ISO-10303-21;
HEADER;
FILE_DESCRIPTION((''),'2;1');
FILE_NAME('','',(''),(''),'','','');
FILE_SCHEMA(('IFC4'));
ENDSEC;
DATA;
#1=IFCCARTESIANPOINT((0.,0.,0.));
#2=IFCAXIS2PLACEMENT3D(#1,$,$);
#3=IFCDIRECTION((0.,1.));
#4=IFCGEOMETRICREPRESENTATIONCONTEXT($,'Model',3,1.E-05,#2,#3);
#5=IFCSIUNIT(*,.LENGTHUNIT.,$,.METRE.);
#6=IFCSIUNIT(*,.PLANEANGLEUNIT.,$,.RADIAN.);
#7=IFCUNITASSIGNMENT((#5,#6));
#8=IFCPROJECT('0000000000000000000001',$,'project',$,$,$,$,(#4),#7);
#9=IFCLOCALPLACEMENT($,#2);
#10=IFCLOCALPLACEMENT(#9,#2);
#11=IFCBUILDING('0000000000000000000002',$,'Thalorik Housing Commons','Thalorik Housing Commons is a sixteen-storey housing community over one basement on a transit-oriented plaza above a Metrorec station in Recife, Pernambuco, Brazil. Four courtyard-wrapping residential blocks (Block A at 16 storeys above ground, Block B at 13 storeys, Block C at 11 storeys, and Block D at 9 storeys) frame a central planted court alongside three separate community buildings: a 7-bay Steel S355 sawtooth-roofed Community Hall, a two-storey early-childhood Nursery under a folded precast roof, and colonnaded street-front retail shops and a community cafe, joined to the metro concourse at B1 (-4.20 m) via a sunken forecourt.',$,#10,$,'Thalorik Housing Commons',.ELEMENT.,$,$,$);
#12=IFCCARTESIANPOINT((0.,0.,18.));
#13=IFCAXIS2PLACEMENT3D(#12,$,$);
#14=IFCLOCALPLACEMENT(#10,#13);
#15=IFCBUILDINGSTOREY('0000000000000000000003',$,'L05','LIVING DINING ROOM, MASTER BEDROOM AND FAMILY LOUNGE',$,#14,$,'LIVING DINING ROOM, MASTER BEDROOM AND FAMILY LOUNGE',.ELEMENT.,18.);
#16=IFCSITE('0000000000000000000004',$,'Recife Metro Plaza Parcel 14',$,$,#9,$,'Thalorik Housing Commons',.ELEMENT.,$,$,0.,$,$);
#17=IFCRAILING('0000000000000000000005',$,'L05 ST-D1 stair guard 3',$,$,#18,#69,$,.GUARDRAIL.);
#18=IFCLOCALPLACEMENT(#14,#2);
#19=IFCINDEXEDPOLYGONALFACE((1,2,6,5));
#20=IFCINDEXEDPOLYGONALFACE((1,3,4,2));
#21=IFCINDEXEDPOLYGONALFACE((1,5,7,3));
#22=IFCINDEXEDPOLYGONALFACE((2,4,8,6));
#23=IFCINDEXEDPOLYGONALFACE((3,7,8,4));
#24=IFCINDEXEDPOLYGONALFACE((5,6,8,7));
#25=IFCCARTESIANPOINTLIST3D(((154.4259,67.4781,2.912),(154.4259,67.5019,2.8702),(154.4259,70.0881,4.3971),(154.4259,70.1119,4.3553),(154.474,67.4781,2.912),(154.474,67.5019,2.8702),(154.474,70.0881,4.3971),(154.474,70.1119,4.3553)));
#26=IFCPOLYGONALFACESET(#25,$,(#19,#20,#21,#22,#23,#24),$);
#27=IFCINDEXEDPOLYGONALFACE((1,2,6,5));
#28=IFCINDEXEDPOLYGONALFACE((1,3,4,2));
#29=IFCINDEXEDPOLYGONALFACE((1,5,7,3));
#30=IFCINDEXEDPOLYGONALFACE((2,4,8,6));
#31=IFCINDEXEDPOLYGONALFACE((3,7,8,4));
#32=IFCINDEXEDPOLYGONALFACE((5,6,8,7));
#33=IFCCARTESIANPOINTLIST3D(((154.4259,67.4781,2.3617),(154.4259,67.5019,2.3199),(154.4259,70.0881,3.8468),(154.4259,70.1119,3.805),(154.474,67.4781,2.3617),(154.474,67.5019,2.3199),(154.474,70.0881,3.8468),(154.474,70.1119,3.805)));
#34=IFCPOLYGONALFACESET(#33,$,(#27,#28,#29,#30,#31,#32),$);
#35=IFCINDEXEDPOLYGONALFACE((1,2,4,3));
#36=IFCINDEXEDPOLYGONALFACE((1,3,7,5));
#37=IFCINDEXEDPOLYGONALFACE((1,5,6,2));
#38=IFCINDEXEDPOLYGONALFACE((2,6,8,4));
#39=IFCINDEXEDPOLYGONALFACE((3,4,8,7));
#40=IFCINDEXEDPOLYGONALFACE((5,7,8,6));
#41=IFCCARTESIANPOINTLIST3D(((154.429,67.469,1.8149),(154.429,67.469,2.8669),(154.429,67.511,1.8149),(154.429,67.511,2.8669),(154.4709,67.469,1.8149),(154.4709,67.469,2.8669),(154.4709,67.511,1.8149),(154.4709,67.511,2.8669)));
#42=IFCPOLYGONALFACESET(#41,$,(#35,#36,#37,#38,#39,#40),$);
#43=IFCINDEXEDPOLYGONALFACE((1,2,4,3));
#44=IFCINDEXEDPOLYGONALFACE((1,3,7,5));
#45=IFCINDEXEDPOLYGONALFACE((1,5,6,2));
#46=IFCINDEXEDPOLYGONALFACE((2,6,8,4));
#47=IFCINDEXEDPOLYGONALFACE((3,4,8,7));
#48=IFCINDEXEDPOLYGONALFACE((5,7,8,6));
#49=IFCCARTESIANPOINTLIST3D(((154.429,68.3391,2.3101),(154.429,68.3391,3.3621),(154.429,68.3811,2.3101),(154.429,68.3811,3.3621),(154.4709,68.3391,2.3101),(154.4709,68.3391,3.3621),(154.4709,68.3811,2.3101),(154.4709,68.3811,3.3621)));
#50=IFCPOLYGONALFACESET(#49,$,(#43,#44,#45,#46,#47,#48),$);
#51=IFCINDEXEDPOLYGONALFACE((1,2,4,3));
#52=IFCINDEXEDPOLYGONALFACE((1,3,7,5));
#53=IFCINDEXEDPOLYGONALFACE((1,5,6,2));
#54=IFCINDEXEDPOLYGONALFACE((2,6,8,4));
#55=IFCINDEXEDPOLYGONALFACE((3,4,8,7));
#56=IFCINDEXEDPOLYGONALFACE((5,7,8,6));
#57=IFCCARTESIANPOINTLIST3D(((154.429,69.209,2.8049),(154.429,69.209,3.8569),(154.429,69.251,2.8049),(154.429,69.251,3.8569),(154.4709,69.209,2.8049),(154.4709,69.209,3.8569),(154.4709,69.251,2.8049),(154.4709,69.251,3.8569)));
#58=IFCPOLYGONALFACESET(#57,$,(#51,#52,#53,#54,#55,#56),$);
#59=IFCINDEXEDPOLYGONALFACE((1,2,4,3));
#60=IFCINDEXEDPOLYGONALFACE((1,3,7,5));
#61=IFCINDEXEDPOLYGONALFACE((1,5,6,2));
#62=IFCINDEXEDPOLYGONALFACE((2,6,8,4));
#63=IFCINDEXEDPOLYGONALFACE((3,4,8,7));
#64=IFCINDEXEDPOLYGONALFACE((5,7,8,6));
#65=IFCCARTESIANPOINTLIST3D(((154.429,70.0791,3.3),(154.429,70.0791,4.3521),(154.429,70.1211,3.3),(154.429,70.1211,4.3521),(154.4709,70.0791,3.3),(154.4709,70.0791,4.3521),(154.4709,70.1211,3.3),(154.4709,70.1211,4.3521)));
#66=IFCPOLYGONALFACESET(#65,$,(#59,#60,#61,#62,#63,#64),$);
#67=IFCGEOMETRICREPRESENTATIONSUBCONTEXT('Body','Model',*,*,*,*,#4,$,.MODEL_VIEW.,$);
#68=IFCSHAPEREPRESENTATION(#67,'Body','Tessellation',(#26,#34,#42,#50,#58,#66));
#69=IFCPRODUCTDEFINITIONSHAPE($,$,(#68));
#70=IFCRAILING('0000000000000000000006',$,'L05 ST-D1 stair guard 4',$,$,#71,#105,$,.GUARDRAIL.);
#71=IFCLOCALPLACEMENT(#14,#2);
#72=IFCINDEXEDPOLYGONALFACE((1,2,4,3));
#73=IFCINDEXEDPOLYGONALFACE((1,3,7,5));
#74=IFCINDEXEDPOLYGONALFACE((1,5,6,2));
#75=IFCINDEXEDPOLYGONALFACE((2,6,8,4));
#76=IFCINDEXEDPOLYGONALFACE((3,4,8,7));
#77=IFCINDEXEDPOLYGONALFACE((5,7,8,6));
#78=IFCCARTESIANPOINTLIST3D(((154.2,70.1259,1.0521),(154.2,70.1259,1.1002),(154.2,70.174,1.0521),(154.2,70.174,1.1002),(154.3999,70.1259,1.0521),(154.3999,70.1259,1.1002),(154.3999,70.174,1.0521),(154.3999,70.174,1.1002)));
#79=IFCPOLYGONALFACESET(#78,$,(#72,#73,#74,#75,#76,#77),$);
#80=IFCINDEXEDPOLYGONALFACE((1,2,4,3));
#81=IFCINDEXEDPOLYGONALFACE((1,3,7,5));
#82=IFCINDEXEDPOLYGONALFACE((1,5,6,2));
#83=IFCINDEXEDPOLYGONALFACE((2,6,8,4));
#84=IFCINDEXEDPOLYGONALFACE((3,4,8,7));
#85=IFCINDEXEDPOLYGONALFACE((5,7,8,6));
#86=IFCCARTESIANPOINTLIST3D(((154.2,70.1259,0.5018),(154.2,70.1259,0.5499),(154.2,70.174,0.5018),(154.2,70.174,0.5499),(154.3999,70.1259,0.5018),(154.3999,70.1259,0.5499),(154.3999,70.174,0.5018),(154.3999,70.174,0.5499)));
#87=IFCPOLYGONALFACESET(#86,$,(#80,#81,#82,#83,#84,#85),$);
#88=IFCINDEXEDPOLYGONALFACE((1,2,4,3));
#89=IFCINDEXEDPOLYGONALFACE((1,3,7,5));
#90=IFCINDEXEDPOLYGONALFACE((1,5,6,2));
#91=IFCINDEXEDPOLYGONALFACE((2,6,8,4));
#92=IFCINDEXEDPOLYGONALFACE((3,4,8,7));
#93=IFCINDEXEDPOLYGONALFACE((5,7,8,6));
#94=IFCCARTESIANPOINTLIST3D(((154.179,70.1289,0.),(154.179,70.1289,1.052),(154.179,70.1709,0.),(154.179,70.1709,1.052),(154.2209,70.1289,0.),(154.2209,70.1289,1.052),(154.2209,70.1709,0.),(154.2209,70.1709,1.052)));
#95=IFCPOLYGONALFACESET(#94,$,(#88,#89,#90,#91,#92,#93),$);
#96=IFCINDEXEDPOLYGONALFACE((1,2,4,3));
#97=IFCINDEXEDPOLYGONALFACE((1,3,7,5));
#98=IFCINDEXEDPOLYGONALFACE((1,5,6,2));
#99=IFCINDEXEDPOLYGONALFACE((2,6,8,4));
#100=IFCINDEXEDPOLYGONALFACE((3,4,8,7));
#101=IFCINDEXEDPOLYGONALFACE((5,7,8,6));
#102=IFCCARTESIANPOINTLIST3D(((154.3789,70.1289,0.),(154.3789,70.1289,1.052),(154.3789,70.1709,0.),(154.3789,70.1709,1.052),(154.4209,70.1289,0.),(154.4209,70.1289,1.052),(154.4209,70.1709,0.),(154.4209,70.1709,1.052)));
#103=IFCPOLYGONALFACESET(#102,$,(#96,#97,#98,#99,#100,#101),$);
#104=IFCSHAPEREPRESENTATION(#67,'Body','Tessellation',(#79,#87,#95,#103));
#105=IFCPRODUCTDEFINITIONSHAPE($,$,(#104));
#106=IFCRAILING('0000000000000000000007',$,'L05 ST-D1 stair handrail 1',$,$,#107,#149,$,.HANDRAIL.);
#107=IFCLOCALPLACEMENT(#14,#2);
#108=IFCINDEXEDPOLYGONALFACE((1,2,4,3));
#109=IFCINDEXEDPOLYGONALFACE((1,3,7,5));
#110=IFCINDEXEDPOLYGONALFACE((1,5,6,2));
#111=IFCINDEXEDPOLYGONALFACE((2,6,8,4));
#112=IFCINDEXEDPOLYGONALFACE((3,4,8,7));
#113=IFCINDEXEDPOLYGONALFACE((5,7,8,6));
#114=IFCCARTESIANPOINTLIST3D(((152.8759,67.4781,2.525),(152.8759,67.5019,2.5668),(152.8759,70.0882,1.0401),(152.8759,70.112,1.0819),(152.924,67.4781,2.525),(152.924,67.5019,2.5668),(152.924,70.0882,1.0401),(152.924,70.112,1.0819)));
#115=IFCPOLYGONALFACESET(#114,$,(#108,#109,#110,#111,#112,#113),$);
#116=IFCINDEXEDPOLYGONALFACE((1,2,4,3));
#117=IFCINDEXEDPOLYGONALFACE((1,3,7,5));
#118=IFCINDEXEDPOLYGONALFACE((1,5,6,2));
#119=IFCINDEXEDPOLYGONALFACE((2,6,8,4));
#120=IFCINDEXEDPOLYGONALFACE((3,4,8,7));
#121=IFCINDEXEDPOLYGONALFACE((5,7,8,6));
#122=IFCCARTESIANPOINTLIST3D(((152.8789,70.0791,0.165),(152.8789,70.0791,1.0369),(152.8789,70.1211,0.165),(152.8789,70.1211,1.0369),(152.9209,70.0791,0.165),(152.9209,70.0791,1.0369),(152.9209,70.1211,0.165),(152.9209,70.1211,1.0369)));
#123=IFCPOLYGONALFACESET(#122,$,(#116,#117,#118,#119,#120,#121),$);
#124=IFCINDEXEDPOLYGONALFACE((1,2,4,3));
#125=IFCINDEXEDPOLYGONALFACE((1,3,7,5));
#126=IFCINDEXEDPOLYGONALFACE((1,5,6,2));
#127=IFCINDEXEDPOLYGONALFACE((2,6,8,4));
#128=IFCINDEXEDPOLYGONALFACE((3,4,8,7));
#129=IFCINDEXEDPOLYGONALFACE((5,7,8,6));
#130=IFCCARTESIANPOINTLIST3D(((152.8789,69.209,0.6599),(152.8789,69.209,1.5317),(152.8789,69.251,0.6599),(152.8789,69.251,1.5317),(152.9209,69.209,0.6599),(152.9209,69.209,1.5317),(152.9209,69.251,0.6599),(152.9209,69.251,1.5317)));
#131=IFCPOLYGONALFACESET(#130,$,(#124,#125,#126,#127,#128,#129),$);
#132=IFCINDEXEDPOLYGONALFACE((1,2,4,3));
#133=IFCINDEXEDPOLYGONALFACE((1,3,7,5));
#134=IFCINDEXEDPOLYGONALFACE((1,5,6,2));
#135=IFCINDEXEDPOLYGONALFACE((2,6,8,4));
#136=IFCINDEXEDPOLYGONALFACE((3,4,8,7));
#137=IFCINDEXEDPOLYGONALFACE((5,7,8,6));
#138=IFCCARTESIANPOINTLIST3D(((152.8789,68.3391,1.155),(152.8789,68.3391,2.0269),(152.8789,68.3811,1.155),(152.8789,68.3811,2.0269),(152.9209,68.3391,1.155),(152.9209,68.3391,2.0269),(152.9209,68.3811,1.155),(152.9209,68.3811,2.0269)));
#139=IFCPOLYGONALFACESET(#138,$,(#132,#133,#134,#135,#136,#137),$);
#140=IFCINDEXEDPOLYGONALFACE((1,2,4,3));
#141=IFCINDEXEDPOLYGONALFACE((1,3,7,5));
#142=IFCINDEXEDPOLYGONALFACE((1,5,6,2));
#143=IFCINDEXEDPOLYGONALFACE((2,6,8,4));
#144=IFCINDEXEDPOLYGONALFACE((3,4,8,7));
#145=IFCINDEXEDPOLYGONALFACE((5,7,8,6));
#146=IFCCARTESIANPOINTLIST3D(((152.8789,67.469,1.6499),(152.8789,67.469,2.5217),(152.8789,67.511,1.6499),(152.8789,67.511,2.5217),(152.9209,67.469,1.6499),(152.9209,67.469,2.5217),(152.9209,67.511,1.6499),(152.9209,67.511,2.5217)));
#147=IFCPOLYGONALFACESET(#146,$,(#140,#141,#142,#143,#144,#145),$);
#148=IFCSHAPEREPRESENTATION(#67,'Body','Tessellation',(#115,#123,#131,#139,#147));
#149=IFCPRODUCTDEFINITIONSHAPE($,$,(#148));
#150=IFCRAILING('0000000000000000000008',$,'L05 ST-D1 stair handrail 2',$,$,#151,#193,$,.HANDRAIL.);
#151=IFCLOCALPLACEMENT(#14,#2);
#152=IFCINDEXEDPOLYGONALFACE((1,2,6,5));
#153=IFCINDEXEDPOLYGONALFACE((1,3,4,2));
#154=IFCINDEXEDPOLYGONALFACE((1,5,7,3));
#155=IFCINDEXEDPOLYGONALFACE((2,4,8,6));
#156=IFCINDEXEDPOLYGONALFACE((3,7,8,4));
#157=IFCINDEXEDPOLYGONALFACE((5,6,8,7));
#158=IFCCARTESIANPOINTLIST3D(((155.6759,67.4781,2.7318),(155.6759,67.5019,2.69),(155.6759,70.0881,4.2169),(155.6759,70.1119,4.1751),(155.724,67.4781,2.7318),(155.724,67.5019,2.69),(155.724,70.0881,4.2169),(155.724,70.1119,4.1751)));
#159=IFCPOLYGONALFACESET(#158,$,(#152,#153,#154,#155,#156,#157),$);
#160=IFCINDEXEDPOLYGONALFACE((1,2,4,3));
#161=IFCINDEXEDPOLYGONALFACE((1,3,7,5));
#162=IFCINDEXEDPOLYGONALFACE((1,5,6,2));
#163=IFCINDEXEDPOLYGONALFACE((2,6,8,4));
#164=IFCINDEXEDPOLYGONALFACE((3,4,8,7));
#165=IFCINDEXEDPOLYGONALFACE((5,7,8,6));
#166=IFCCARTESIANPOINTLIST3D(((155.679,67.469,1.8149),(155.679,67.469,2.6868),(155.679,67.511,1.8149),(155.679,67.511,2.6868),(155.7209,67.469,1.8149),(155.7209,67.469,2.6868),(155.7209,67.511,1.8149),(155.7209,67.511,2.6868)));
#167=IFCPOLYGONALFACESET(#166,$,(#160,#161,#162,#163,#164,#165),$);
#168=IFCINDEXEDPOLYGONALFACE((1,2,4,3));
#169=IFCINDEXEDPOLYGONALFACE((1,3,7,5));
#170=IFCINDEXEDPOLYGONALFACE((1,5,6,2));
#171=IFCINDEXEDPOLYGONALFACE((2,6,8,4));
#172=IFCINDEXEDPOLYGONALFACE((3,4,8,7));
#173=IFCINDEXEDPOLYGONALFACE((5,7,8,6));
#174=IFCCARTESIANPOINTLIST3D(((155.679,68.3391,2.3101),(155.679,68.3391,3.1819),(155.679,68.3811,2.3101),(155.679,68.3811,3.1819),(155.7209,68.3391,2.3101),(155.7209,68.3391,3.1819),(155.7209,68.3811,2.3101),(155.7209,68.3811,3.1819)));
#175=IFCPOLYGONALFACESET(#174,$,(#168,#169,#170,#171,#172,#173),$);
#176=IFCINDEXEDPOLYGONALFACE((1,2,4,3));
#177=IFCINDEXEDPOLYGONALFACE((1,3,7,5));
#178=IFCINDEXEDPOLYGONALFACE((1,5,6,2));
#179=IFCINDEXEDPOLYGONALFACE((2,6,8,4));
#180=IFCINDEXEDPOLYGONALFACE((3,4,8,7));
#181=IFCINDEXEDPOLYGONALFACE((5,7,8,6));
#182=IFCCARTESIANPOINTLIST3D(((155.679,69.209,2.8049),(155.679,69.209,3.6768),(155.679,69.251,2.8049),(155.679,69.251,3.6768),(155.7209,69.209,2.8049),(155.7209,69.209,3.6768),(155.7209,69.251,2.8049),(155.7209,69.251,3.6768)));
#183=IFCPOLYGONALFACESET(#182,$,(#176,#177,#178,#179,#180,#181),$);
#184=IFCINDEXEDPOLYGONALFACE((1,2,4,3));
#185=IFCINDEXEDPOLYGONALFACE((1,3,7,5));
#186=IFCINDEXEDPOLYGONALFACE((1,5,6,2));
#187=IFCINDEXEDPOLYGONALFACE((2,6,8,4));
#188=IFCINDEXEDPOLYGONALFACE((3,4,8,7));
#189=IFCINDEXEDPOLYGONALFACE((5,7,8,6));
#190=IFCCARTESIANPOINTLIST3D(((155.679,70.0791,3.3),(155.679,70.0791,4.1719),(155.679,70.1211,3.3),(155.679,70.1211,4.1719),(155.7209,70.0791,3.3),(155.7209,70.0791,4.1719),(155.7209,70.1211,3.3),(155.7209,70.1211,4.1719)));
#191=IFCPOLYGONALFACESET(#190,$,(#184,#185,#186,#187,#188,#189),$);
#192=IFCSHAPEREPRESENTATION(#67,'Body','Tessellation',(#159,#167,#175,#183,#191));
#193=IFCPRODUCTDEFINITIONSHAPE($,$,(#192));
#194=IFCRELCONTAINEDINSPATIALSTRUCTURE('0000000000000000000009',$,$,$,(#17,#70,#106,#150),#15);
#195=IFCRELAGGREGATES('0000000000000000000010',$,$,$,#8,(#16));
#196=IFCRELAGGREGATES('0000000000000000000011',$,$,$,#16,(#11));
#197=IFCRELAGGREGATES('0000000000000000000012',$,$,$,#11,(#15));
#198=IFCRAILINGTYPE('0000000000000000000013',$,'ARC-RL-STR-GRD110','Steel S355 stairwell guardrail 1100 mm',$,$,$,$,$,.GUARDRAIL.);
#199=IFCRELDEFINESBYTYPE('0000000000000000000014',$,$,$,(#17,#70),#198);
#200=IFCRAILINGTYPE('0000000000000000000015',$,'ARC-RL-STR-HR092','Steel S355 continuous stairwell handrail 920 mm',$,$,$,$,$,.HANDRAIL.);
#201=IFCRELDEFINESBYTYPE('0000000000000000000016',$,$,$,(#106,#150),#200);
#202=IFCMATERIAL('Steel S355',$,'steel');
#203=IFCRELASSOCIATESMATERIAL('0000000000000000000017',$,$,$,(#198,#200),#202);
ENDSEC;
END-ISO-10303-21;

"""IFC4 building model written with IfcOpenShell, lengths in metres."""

from ifc_helpers import new_model, si_unit, direction, frame, origin, origin_2d, place, context, subcontext, project, spatial, rectangle, extrude, material, type_object, element, save


model = new_model("IFC4")

# Units and contexts
model_context = context("Model", 3, precision=1e-05, world=origin(), true_north=direction((0.0, 1.0)))
body_context = subcontext(model_context, "Body", "Model", "MODEL_VIEW")
ifc_project = project(units=[si_unit("LENGTHUNIT", "METRE"), si_unit("PLANEANGLEUNIT", "RADIAN")], contexts=[model_context])

# Site, building, storey
site_placement = place(None, origin())
site = spatial("IfcSite", under=ifc_project, at=site_placement, Name="Recife Metro Plaza Parcel 14", LongName="Thalorik Housing Commons", CompositionType="ELEMENT", RefElevation=0.0)
building_placement = place(site_placement, origin())
building = spatial("IfcBuilding", under=site, at=building_placement, Name="Thalorik Housing Commons", Description="Thalorik Housing Commons is a sixteen-storey housing community over one basement on a transit-oriented plaza above a Metrorec station in Recife, Pernambuco, Brazil. Four courtyard-wrapping residential blocks (Block A at 16 storeys above ground, Block B at 13 storeys, Block C at 11 storeys, and Block D at 9 storeys) frame a central planted court alongside three separate community buildings: a 7-bay Steel S355 sawtooth-roofed Community Hall, a two-storey early-childhood Nursery under a folded precast roof, and colonnaded street-front retail shops and a community cafe, joined to the metro concourse at B1 (-4.20 m) via a sunken forecourt.", LongName="Thalorik Housing Commons", CompositionType="ELEMENT")
storey_placement = place(building_placement, frame((0.0, 0.0, 18.0)))
storey = spatial("IfcBuildingStorey", under=building, at=storey_placement, Name="L05", Description="LIVING DINING ROOM, MASTER BEDROOM AND FAMILY LOUNGE", LongName="LIVING DINING ROOM, MASTER BEDROOM AND FAMILY LOUNGE", CompositionType="ELEMENT", Elevation=18.0)

# Shared definitions
ifc_material_1 = material(Name="Steel S355", Category="steel")

# Railings
railing_type_1 = type_object("IfcRailingType", Name="ARC-RL-STR-GRD110", Description="Steel S355 stairwell guardrail 1100 mm", PredefinedType="GUARDRAIL", material=ifc_material_1)
railing_1_placement = place(storey_placement, frame((154.45, 67.49, 1.8149)))
element("IfcRailing", 1, at=railing_1_placement, inside=storey, type_object=railing_type_1, Name="L05 ST-D1 stair guard 3", PredefinedType="GUARDRAIL", context=body_context, shape_type="SweptSolid", body=[
    extrude(rectangle(XDim=0.0481, YDim=0.0481, at=origin_2d()), frame((0.0, 0.0, 1.0762), z_axis=(0.0, 0.869157, 0.494536), x_axis=(-1.0, 0.0, 0.0)), (0.0, 0.0, 1.0), 3.0029),
    extrude(rectangle(XDim=0.0481, YDim=0.0481, at=origin_2d()), frame((0.0, 0.0, 0.5259), z_axis=(0.0, 0.869157, 0.494536), x_axis=(-1.0, 0.0, 0.0)), (0.0, 0.0, 1.0), 3.0029),
    extrude(rectangle(XDim=0.042, YDim=0.042, at=origin_2d()), origin(), (0.0, 0.0, 1.0), 1.052),
    extrude(rectangle(XDim=0.042, YDim=0.042, at=origin_2d()), frame((0.0, 0.8701, 0.4951)), (0.0, 0.0, 1.0), 1.052),
    extrude(rectangle(XDim=0.042, YDim=0.042, at=origin_2d()), frame((0.0, 1.74, 0.99)), (0.0, 0.0, 1.0), 1.052),
    extrude(rectangle(XDim=0.042, YDim=0.042, at=origin_2d()), frame((0.0, 2.6101, 1.4851)), (0.0, 0.0, 1.0), 1.052),
])
railing_2_placement = place(storey_placement, frame((154.2, 70.1499, 0.0)))
element("IfcRailing", 2, at=railing_2_placement, inside=storey, type_object=railing_type_1, Name="L05 ST-D1 stair guard 4", PredefinedType="GUARDRAIL", context=body_context, shape_type="SweptSolid", body=[
    extrude(rectangle(XDim=0.0481, YDim=0.0481, at=origin_2d()), frame((0.0, 0.0, 1.0762), z_axis=(1.0, 0.0, 0.0), x_axis=(0.0, 1.0, 0.0)), (0.0, 0.0, 1.0), 0.2),
    extrude(rectangle(XDim=0.0481, YDim=0.0481, at=origin_2d()), frame((0.0, 0.0, 0.5259), z_axis=(1.0, 0.0, 0.0), x_axis=(0.0, 1.0, 0.0)), (0.0, 0.0, 1.0), 0.2),
    extrude(rectangle(XDim=0.042, YDim=0.042, at=origin_2d()), origin(), (0.0, 0.0, 1.0), 1.052),
    extrude(rectangle(XDim=0.042, YDim=0.042, at=origin_2d()), frame((0.2, 0.0, 0.0)), (0.0, 0.0, 1.0), 1.052),
])
railing_type_2 = type_object("IfcRailingType", Name="ARC-RL-STR-HR092", Description="Steel S355 continuous stairwell handrail 920 mm", PredefinedType="HANDRAIL", material=ifc_material_1)
railing_3_placement = place(storey_placement, frame((152.8999, 70.1001, 0.165)))
element("IfcRailing", 3, at=railing_3_placement, inside=storey, type_object=railing_type_2, Name="L05 ST-D1 stair handrail 1", PredefinedType="HANDRAIL", context=body_context, shape_type="SweptSolid", body=[
    extrude(rectangle(XDim=0.0481, YDim=0.0481, at=origin_2d()), frame((0.0, 0.0, 0.896), z_axis=(0.0, -0.869192, 0.494474), x_axis=(1.0, 0.0, 0.0)), (0.0, 0.0, 1.0), 3.0029),
    extrude(rectangle(XDim=0.042, YDim=0.042, at=origin_2d()), origin(), (0.0, 0.0, 1.0), 0.8718),
    extrude(rectangle(XDim=0.042, YDim=0.042, at=origin_2d()), frame((0.0, -0.8701, 0.4949)), (0.0, 0.0, 1.0), 0.8718),
    extrude(rectangle(XDim=0.042, YDim=0.042, at=origin_2d()), frame((0.0, -1.74, 0.99)), (0.0, 0.0, 1.0), 0.8718),
    extrude(rectangle(XDim=0.042, YDim=0.042, at=origin_2d()), frame((0.0, -2.6101, 1.4849)), (0.0, 0.0, 1.0), 0.8718),
])
railing_4_placement = place(storey_placement, frame((155.7, 67.49, 1.8149)))
element("IfcRailing", 4, at=railing_4_placement, inside=storey, type_object=railing_type_2, Name="L05 ST-D1 stair handrail 2", PredefinedType="HANDRAIL", context=body_context, shape_type="SweptSolid", body=[
    extrude(rectangle(XDim=0.0481, YDim=0.0481, at=origin_2d()), frame((0.0, 0.0, 0.896), z_axis=(0.0, 0.869157, 0.494536), x_axis=(-1.0, 0.0, 0.0)), (0.0, 0.0, 1.0), 3.0029),
    extrude(rectangle(XDim=0.042, YDim=0.042, at=origin_2d()), origin(), (0.0, 0.0, 1.0), 0.8718),
    extrude(rectangle(XDim=0.042, YDim=0.042, at=origin_2d()), frame((0.0, 0.8701, 0.4951)), (0.0, 0.0, 1.0), 0.8718),
    extrude(rectangle(XDim=0.042, YDim=0.042, at=origin_2d()), frame((0.0, 1.74, 0.99)), (0.0, 0.0, 1.0), 0.8718),
    extrude(rectangle(XDim=0.042, YDim=0.042, at=origin_2d()), frame((0.0, 2.6101, 1.4851)), (0.0, 0.0, 1.0), 0.8718),
])

save(model, "model.ifc")
